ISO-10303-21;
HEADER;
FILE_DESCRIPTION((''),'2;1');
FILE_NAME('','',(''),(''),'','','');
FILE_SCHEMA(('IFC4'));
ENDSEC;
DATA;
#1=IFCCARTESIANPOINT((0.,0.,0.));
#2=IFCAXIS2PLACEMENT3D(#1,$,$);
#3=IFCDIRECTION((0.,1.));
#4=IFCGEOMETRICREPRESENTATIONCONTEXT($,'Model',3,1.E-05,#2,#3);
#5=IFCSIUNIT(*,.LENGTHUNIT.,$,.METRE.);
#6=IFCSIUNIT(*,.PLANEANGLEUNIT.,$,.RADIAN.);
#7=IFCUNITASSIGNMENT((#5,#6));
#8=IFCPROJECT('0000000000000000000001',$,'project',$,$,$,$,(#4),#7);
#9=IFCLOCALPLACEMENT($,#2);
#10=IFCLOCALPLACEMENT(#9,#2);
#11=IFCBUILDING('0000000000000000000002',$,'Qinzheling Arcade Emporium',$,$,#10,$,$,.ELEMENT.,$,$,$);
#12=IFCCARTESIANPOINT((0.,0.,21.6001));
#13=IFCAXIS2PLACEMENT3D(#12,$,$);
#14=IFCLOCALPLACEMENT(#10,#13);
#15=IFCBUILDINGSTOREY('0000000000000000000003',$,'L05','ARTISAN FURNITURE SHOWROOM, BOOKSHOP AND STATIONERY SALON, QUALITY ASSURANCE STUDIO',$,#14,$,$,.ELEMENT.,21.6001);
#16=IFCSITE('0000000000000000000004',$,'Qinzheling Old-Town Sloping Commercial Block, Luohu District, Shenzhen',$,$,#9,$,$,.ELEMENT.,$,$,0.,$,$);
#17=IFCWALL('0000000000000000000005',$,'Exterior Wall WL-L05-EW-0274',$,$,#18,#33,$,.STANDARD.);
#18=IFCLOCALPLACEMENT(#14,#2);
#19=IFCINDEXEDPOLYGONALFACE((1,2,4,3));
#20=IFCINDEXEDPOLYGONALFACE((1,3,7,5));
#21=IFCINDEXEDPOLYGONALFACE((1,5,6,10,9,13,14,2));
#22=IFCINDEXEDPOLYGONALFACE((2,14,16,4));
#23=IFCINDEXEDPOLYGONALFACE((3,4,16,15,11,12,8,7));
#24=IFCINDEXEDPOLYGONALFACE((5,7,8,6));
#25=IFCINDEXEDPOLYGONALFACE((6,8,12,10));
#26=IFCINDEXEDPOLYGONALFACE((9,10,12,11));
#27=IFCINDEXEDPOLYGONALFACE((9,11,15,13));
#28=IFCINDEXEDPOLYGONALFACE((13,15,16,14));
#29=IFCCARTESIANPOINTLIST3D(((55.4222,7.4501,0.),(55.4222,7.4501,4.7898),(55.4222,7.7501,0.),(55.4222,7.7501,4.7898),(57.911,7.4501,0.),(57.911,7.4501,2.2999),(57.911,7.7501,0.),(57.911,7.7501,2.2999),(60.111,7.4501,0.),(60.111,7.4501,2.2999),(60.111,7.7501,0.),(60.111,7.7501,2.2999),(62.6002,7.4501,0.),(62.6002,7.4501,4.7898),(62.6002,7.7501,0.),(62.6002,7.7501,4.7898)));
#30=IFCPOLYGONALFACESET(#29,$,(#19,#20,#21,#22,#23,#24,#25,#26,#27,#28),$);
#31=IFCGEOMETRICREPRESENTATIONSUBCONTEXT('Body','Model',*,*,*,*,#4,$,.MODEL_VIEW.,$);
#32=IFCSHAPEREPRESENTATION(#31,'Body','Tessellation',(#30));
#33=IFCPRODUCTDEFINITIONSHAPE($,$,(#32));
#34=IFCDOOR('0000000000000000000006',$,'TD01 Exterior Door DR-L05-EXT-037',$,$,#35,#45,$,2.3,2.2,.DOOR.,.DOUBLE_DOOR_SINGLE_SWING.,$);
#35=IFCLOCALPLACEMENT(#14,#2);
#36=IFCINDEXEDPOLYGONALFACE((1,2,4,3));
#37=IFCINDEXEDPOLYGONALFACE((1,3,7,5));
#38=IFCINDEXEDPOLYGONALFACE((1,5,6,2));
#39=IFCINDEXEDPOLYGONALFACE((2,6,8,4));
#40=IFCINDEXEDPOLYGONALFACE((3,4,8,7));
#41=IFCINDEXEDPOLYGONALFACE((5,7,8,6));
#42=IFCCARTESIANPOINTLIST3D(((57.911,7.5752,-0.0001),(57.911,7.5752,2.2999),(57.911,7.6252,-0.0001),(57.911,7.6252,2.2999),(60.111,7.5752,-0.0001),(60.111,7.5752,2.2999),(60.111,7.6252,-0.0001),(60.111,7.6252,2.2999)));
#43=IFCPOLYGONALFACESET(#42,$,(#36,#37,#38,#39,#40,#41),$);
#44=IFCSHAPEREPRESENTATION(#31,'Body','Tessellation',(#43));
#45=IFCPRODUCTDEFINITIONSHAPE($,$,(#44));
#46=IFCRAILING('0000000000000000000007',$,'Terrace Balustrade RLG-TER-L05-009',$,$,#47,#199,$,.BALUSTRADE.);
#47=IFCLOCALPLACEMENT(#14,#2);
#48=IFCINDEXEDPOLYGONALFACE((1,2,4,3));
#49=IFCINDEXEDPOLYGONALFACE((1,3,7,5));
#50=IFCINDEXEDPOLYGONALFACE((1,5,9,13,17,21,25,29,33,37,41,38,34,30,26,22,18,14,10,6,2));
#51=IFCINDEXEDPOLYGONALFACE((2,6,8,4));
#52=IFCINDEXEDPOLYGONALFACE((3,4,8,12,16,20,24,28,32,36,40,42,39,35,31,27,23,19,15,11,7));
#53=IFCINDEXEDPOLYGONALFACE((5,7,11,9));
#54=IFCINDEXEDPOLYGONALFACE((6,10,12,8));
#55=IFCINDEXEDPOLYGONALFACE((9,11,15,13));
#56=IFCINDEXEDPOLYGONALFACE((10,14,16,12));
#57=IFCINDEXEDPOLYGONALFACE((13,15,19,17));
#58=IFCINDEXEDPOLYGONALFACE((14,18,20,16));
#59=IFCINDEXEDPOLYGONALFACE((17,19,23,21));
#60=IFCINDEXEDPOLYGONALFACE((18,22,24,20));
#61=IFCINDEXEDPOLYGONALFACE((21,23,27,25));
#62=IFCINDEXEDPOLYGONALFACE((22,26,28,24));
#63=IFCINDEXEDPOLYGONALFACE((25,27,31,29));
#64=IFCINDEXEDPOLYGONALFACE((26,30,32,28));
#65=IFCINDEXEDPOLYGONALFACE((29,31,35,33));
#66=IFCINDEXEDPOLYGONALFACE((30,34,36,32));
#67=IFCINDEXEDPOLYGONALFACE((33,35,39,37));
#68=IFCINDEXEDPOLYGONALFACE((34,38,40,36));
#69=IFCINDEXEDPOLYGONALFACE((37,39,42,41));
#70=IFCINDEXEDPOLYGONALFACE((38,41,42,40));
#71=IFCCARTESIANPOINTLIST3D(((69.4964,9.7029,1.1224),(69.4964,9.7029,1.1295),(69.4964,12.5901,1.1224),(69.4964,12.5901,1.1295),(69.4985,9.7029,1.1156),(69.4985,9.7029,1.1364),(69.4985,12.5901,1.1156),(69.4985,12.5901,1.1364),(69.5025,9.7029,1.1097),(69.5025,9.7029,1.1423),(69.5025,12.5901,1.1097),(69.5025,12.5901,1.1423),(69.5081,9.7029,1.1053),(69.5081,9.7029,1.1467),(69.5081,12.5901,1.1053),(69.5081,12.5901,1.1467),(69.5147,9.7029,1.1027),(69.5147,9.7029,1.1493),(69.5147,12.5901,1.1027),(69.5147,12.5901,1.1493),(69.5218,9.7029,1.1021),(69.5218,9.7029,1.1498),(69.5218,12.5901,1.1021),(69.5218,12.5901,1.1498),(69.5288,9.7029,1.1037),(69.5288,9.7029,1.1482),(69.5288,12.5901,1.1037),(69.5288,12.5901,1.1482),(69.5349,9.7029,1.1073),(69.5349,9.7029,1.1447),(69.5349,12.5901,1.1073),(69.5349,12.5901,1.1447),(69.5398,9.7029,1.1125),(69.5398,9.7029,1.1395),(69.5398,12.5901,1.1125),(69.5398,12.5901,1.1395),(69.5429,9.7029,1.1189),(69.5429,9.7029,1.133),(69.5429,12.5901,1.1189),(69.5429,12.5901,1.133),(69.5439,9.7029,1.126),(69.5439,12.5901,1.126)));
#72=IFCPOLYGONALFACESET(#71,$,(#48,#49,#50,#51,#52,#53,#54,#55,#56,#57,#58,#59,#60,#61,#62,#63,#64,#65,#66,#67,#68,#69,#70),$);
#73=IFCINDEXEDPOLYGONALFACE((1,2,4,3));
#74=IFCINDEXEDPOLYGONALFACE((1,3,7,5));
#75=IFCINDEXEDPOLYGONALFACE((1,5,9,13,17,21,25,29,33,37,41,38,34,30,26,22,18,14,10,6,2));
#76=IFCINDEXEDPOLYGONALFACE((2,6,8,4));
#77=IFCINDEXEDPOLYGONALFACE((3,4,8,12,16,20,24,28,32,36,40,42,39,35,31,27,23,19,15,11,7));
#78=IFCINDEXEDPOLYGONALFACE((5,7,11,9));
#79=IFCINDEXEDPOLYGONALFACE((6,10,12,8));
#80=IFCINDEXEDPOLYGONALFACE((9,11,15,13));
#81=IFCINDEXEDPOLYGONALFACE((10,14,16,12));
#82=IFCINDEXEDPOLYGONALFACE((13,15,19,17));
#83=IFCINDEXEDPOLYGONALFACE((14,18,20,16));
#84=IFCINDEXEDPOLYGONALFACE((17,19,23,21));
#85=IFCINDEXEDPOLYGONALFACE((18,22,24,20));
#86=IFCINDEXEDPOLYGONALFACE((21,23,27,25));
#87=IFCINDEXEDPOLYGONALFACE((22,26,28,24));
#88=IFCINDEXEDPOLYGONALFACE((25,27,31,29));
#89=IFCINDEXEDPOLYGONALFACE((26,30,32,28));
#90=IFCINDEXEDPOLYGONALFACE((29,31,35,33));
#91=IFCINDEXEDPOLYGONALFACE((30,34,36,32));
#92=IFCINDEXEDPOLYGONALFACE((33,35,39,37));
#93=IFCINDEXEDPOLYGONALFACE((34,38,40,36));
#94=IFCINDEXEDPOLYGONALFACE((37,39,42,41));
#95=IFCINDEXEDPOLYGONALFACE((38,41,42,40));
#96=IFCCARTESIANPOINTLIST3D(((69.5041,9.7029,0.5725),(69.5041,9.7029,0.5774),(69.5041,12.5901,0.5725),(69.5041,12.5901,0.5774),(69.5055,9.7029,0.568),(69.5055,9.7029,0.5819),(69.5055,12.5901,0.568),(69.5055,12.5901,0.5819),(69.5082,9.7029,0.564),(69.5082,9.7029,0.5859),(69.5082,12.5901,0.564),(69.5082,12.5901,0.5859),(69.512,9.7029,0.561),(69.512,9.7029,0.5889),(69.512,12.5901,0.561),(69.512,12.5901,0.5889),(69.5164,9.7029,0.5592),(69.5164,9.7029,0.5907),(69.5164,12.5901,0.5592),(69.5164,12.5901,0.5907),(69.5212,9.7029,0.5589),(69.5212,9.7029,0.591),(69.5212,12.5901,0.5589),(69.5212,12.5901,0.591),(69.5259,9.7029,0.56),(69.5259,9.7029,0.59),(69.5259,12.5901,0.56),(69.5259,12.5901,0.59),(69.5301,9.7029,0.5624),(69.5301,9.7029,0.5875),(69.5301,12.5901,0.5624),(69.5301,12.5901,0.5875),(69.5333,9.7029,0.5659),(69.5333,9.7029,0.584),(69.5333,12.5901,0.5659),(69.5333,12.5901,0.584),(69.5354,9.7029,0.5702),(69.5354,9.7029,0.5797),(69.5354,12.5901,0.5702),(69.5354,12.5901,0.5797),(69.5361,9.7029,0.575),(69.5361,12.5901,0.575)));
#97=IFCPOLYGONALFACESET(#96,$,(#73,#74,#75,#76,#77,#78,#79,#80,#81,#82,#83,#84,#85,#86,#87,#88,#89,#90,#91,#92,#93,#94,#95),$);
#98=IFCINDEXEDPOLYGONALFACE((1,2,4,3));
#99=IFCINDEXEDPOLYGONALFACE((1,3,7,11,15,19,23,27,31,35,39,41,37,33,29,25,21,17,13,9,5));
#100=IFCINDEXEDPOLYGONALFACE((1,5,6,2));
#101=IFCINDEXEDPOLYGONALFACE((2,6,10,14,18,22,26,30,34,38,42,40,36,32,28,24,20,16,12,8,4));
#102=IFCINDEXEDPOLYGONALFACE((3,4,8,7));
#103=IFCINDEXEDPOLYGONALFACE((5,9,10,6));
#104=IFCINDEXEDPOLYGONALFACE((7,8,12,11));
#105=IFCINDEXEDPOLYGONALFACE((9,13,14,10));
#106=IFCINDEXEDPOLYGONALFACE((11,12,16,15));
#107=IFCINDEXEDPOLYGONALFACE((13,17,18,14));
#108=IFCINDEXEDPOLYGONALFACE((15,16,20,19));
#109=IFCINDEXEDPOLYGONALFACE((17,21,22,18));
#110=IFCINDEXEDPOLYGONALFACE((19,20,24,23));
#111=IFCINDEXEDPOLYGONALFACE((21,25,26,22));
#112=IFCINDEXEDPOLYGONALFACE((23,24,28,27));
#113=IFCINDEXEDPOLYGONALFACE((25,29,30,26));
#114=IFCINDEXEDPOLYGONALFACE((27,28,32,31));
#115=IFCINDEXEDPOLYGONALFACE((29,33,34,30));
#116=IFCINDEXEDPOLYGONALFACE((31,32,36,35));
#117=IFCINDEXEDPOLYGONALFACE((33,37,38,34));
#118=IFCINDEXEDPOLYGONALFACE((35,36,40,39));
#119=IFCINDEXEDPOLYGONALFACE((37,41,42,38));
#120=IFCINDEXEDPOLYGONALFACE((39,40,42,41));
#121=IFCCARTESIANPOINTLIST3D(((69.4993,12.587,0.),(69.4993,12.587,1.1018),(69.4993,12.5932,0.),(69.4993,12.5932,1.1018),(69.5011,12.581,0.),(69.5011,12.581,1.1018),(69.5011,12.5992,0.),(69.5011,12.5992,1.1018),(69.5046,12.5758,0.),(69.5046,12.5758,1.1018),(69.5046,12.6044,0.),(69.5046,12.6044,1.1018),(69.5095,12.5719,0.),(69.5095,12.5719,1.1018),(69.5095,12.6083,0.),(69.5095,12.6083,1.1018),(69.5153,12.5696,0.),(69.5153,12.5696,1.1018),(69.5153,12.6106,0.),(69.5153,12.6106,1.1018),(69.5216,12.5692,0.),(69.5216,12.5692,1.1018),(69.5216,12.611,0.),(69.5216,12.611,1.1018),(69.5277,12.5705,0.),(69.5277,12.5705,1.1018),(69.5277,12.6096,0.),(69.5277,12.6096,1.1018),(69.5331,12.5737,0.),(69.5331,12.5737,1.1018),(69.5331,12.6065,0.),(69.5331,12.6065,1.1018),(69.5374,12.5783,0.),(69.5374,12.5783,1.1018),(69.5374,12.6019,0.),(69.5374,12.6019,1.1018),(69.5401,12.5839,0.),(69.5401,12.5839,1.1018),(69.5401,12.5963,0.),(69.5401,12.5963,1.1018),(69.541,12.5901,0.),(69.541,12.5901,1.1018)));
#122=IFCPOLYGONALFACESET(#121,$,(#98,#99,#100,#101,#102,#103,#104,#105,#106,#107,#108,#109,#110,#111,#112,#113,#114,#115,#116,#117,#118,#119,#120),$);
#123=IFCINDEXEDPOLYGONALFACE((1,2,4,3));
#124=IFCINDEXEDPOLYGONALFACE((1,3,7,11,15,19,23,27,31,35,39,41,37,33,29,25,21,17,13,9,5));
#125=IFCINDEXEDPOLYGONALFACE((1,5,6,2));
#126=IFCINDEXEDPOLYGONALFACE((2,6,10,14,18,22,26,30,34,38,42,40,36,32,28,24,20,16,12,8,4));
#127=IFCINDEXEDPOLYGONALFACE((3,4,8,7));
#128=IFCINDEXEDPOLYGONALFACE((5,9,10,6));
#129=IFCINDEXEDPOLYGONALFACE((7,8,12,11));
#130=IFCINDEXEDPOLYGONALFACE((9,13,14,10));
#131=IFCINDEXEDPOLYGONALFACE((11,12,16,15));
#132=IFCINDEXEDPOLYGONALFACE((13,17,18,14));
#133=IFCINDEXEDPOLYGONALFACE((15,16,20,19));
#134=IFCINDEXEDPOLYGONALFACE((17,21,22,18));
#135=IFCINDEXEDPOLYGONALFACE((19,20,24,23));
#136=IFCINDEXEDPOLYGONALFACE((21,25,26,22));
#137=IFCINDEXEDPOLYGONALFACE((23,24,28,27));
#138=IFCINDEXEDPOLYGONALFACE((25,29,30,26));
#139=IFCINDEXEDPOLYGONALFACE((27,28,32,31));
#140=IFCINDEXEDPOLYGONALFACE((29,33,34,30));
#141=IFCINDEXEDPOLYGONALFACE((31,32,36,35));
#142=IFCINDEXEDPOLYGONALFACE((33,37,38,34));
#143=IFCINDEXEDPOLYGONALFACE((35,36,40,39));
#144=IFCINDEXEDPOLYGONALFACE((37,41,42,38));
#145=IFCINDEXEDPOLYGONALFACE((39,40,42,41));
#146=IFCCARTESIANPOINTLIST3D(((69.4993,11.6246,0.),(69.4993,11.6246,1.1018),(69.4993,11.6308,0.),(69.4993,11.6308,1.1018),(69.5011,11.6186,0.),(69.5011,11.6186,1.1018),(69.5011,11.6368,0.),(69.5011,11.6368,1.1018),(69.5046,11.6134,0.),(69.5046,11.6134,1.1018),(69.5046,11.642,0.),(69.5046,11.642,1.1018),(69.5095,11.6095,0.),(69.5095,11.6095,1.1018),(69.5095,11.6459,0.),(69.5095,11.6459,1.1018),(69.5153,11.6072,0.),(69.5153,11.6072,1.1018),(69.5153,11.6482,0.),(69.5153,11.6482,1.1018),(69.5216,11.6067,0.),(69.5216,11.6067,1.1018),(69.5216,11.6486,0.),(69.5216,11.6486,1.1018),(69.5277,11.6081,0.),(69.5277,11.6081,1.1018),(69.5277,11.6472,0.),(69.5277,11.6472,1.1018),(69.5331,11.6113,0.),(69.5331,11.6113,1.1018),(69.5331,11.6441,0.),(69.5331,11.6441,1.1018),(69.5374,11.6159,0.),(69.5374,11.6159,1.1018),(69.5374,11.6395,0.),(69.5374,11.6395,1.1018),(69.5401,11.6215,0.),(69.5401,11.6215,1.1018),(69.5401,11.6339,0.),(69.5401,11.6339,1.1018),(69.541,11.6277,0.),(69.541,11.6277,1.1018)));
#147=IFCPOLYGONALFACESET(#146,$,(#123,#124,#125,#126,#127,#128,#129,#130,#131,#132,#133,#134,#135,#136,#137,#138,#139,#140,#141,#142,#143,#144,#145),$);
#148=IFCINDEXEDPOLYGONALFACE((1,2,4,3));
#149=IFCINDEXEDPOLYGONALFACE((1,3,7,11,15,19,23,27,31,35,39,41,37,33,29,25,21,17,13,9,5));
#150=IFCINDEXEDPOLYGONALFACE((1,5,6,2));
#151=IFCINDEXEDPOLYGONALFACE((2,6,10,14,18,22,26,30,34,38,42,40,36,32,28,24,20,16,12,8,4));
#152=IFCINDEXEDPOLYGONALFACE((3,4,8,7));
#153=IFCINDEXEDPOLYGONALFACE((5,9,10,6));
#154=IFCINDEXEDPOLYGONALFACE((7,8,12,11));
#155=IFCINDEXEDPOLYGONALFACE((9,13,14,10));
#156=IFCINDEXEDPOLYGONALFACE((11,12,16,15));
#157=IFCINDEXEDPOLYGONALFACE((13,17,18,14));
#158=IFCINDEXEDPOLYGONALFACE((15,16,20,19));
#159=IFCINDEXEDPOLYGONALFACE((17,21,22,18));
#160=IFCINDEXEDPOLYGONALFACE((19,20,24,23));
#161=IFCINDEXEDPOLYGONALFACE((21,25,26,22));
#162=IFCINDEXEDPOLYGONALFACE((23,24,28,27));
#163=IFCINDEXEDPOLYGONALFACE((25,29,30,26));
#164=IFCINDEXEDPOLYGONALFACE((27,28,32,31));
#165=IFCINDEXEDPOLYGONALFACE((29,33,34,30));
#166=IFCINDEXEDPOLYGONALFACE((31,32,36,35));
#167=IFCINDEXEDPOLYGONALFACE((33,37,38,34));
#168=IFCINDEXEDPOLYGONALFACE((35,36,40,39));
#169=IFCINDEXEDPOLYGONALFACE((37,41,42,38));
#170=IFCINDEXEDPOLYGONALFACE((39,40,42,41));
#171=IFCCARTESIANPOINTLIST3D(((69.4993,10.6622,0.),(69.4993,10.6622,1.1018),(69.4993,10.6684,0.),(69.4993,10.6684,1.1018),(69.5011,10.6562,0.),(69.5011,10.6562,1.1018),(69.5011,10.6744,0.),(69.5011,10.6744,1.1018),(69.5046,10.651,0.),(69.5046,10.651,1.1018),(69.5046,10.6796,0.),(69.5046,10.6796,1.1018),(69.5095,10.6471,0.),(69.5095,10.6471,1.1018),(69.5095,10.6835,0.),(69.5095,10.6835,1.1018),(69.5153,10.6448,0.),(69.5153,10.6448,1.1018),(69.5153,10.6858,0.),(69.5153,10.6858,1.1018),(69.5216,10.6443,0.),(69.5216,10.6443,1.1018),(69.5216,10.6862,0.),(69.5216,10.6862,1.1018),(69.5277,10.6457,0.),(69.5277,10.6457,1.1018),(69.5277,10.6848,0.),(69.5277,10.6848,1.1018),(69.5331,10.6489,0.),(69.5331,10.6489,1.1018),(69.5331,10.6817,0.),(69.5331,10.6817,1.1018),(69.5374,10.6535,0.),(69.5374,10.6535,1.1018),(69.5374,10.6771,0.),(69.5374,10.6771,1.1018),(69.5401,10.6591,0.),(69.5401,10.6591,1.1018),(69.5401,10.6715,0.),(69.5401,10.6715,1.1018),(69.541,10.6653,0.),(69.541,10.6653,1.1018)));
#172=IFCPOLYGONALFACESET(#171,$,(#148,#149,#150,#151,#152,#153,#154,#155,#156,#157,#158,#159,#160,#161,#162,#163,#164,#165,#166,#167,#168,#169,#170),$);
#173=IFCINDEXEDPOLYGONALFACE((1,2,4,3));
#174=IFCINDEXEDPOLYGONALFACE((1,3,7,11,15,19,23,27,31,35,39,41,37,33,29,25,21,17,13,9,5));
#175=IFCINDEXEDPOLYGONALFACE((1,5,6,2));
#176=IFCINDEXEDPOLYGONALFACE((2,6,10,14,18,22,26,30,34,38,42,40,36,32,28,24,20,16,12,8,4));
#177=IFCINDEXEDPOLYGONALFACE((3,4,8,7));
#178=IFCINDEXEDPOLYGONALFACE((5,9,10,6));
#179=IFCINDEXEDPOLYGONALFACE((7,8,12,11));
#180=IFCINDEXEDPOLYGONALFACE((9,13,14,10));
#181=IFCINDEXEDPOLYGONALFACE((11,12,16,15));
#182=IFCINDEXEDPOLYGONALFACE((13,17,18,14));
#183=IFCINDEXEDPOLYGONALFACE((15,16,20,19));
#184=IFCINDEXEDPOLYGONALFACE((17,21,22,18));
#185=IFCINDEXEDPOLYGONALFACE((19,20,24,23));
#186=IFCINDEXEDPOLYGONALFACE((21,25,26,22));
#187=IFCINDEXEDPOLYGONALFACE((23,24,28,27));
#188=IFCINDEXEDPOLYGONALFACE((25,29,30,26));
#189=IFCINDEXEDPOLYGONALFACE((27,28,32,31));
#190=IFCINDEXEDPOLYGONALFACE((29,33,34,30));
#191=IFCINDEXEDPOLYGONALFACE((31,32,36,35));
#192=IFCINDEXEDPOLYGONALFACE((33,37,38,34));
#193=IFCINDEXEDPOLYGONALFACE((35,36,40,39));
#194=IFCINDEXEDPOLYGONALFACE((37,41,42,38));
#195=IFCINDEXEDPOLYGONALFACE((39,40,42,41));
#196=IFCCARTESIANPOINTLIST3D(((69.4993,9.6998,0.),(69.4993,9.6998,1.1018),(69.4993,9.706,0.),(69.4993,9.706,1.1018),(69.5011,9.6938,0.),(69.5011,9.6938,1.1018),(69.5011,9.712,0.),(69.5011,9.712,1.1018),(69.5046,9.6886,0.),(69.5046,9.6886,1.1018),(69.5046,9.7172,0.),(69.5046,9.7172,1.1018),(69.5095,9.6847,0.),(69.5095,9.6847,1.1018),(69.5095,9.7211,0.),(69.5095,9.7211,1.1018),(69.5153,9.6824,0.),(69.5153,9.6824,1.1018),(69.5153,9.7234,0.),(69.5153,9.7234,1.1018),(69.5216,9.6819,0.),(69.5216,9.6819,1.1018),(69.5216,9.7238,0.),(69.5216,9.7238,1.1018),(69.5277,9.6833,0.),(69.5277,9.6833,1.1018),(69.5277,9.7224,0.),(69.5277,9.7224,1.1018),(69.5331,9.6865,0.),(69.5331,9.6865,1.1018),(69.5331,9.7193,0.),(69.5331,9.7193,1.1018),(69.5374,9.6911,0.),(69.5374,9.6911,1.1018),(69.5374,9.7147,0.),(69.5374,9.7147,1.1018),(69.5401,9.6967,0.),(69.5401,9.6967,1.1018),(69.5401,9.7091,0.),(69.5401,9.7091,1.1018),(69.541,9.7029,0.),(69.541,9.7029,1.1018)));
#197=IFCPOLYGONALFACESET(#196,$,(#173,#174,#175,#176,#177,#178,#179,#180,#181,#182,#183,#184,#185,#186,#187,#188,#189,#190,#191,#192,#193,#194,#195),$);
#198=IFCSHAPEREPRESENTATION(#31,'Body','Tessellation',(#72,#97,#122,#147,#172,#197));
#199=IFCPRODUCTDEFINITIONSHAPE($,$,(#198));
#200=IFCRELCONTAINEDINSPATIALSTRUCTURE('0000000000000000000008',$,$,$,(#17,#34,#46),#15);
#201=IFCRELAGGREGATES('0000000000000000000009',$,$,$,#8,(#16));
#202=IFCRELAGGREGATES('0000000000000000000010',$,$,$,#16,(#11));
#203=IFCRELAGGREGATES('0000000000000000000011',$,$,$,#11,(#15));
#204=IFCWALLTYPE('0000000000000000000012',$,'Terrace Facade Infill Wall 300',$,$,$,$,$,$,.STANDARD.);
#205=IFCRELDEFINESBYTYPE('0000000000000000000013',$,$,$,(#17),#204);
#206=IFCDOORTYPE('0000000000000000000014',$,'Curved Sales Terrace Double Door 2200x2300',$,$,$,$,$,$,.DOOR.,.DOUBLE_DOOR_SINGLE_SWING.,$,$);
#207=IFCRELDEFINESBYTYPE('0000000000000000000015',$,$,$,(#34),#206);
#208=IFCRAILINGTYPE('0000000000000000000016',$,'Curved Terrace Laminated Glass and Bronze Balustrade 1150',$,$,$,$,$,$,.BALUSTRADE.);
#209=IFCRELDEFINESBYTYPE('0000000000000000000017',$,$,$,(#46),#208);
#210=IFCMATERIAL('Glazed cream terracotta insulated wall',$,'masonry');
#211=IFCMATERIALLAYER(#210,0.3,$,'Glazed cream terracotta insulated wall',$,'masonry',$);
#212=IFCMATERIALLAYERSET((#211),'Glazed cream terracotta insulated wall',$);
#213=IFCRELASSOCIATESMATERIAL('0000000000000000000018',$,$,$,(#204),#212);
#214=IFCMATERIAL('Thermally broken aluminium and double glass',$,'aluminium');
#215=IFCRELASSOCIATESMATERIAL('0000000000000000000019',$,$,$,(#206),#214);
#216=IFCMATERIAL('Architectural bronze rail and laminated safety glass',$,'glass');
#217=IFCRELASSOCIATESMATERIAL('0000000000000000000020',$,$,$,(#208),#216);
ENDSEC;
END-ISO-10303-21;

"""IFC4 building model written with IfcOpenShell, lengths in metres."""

from ifc_helpers import new_model, si_unit, direction, frame, frame_2d, origin, origin_2d, place, context, subcontext, project, spatial, rectangle, circle, extrude, material, layer, layer_set, type_object, element, fill, save


model = new_model("IFC4")

# Units and contexts
model_context = context("Model", 3, precision=1e-05, world=origin(), true_north=direction((0.0, 1.0)))
body_context = subcontext(model_context, "Body", "Model", "MODEL_VIEW")
ifc_project = project(units=[si_unit("LENGTHUNIT", "METRE"), si_unit("PLANEANGLEUNIT", "RADIAN")], contexts=[model_context])

# Site, building, storey
site_placement = place(None, origin())
site = spatial("IfcSite", under=ifc_project, at=site_placement, Name="Qinzheling Old-Town Sloping Commercial Block, Luohu District, Shenzhen", CompositionType="ELEMENT", RefElevation=0.0)
building_placement = place(site_placement, origin())
building = spatial("IfcBuilding", under=site, at=building_placement, Name="Qinzheling Arcade Emporium", CompositionType="ELEMENT")
storey_placement = place(building_placement, frame((0.0, 0.0, 21.6001)))
storey = spatial("IfcBuildingStorey", under=building, at=storey_placement, Name="L05", Description="ARTISAN FURNITURE SHOWROOM, BOOKSHOP AND STATIONERY SALON, QUALITY ASSURANCE STUDIO", CompositionType="ELEMENT", Elevation=21.6001)

# Shared definitions
ifc_material_1 = material(Name="Glazed cream terracotta insulated wall", Category="masonry")
ifc_layer_1 = layer(ifc_material_1, 0.3, Name="Glazed cream terracotta insulated wall", Category="masonry")
ifc_layer_set_1 = layer_set([ifc_layer_1], Name="Glazed cream terracotta insulated wall")
wall_type_1 = type_object("IfcWallType", Name="Terrace Facade Infill Wall 300", PredefinedType="STANDARD", material=ifc_layer_set_1)

# Wall, opening, door
wall_1_placement = place(storey_placement, frame((62.6001, 7.6001, 0.0), z_axis=(0.0, 0.0, 1.0), x_axis=(-1.0, 0.0, 0.0)))
wall_1 = element("IfcWall", 1, at=wall_1_placement, inside=storey, type_object=wall_type_1, Name="Exterior Wall WL-L05-EW-0274", PredefinedType="STANDARD", context=body_context, shape_type="SweptSolid", body=[
    extrude(rectangle(XDim=7.178, YDim=0.3, at=frame_2d((3.5889, 0.0))), origin(), (0.0, 0.0, 1.0), 4.7898),
])
opening_placement = place(wall_1_placement, frame((2.489, 0.0, 0.0)))
opening = element("IfcOpeningElement", 2, at=opening_placement, cuts=wall_1, PredefinedType="OPENING", context=body_context, shape_type="SweptSolid", body=[
    extrude(rectangle(XDim=2.2, YDim=2.3, at=frame_2d((1.1001, 1.1499))), frame((0.0, 0.1602, 0.0), z_axis=(0.0, -1.0, 0.0), x_axis=(1.0, 0.0, 0.0)), (0.0, 0.0, 1.0), 0.3201),
])
ifc_material_2 = material(Name="Thermally broken aluminium and double glass", Category="aluminium")
door_type = type_object("IfcDoorType", Name="Curved Sales Terrace Double Door 2200x2300", OperationType="DOUBLE_DOOR_SINGLE_SWING", PredefinedType="DOOR", material=ifc_material_2)
door_placement = place(opening_placement, origin())
door = element("IfcDoor", 3, at=door_placement, inside=storey, type_object=door_type, Name="TD01 Exterior Door DR-L05-EXT-037", OperationType="DOUBLE_DOOR_SINGLE_SWING", OverallHeight=2.3, OverallWidth=2.2, PredefinedType="DOOR", context=body_context, shape_type="SweptSolid", body=[
    extrude(rectangle(XDim=2.2, YDim=2.3, at=frame_2d((1.1001, 1.1499))), frame((0.0, 0.0249, 0.0), z_axis=(0.0, -1.0, 0.0), x_axis=(1.0, 0.0, 0.0)), (0.0, 0.0, 1.0), 0.05),
])
fill(opening, door)

# Railing
ifc_material_3 = material(Name="Architectural bronze rail and laminated safety glass", Category="glass")
railing_type = type_object("IfcRailingType", Name="Curved Terrace Laminated Glass and Bronze Balustrade 1150", PredefinedType="BALUSTRADE", material=ifc_material_3)
railing_1_placement = place(storey_placement, frame((69.52, 12.5901, 0.0)))
element("IfcRailing", 4, at=railing_1_placement, inside=storey, type_object=railing_type, Name="Terrace Balustrade RLG-TER-L05-009", PredefinedType="BALUSTRADE", context=body_context, shape_type="SweptSolid", body=[
    extrude(circle(Radius=0.0239, at=origin_2d()), frame((0.0, 0.0, 1.126), z_axis=(0.0, -1.0, 0.0), x_axis=(1.0, 0.0, 0.0)), (0.0, 0.0, 1.0), 2.8872),
    extrude(circle(Radius=0.0161, at=origin_2d()), frame((0.0, 0.0, 0.575), z_axis=(0.0, -1.0, 0.0), x_axis=(1.0, 0.0, 0.0)), (0.0, 0.0, 1.0), 2.8872),
    extrude(circle(Radius=0.021, at=origin_2d()), origin(), (0.0, 0.0, 1.0), 1.1018),
    extrude(circle(Radius=0.021, at=origin_2d()), frame((0.0, -0.9624, 0.0)), (0.0, 0.0, 1.0), 1.1018),
    extrude(circle(Radius=0.021, at=origin_2d()), frame((0.0, -1.9248, 0.0)), (0.0, 0.0, 1.0), 1.1018),
    extrude(circle(Radius=0.021, at=origin_2d()), frame((0.0, -2.8872, 0.0)), (0.0, 0.0, 1.0), 1.1018),
])

save(model, "model.ifc")
